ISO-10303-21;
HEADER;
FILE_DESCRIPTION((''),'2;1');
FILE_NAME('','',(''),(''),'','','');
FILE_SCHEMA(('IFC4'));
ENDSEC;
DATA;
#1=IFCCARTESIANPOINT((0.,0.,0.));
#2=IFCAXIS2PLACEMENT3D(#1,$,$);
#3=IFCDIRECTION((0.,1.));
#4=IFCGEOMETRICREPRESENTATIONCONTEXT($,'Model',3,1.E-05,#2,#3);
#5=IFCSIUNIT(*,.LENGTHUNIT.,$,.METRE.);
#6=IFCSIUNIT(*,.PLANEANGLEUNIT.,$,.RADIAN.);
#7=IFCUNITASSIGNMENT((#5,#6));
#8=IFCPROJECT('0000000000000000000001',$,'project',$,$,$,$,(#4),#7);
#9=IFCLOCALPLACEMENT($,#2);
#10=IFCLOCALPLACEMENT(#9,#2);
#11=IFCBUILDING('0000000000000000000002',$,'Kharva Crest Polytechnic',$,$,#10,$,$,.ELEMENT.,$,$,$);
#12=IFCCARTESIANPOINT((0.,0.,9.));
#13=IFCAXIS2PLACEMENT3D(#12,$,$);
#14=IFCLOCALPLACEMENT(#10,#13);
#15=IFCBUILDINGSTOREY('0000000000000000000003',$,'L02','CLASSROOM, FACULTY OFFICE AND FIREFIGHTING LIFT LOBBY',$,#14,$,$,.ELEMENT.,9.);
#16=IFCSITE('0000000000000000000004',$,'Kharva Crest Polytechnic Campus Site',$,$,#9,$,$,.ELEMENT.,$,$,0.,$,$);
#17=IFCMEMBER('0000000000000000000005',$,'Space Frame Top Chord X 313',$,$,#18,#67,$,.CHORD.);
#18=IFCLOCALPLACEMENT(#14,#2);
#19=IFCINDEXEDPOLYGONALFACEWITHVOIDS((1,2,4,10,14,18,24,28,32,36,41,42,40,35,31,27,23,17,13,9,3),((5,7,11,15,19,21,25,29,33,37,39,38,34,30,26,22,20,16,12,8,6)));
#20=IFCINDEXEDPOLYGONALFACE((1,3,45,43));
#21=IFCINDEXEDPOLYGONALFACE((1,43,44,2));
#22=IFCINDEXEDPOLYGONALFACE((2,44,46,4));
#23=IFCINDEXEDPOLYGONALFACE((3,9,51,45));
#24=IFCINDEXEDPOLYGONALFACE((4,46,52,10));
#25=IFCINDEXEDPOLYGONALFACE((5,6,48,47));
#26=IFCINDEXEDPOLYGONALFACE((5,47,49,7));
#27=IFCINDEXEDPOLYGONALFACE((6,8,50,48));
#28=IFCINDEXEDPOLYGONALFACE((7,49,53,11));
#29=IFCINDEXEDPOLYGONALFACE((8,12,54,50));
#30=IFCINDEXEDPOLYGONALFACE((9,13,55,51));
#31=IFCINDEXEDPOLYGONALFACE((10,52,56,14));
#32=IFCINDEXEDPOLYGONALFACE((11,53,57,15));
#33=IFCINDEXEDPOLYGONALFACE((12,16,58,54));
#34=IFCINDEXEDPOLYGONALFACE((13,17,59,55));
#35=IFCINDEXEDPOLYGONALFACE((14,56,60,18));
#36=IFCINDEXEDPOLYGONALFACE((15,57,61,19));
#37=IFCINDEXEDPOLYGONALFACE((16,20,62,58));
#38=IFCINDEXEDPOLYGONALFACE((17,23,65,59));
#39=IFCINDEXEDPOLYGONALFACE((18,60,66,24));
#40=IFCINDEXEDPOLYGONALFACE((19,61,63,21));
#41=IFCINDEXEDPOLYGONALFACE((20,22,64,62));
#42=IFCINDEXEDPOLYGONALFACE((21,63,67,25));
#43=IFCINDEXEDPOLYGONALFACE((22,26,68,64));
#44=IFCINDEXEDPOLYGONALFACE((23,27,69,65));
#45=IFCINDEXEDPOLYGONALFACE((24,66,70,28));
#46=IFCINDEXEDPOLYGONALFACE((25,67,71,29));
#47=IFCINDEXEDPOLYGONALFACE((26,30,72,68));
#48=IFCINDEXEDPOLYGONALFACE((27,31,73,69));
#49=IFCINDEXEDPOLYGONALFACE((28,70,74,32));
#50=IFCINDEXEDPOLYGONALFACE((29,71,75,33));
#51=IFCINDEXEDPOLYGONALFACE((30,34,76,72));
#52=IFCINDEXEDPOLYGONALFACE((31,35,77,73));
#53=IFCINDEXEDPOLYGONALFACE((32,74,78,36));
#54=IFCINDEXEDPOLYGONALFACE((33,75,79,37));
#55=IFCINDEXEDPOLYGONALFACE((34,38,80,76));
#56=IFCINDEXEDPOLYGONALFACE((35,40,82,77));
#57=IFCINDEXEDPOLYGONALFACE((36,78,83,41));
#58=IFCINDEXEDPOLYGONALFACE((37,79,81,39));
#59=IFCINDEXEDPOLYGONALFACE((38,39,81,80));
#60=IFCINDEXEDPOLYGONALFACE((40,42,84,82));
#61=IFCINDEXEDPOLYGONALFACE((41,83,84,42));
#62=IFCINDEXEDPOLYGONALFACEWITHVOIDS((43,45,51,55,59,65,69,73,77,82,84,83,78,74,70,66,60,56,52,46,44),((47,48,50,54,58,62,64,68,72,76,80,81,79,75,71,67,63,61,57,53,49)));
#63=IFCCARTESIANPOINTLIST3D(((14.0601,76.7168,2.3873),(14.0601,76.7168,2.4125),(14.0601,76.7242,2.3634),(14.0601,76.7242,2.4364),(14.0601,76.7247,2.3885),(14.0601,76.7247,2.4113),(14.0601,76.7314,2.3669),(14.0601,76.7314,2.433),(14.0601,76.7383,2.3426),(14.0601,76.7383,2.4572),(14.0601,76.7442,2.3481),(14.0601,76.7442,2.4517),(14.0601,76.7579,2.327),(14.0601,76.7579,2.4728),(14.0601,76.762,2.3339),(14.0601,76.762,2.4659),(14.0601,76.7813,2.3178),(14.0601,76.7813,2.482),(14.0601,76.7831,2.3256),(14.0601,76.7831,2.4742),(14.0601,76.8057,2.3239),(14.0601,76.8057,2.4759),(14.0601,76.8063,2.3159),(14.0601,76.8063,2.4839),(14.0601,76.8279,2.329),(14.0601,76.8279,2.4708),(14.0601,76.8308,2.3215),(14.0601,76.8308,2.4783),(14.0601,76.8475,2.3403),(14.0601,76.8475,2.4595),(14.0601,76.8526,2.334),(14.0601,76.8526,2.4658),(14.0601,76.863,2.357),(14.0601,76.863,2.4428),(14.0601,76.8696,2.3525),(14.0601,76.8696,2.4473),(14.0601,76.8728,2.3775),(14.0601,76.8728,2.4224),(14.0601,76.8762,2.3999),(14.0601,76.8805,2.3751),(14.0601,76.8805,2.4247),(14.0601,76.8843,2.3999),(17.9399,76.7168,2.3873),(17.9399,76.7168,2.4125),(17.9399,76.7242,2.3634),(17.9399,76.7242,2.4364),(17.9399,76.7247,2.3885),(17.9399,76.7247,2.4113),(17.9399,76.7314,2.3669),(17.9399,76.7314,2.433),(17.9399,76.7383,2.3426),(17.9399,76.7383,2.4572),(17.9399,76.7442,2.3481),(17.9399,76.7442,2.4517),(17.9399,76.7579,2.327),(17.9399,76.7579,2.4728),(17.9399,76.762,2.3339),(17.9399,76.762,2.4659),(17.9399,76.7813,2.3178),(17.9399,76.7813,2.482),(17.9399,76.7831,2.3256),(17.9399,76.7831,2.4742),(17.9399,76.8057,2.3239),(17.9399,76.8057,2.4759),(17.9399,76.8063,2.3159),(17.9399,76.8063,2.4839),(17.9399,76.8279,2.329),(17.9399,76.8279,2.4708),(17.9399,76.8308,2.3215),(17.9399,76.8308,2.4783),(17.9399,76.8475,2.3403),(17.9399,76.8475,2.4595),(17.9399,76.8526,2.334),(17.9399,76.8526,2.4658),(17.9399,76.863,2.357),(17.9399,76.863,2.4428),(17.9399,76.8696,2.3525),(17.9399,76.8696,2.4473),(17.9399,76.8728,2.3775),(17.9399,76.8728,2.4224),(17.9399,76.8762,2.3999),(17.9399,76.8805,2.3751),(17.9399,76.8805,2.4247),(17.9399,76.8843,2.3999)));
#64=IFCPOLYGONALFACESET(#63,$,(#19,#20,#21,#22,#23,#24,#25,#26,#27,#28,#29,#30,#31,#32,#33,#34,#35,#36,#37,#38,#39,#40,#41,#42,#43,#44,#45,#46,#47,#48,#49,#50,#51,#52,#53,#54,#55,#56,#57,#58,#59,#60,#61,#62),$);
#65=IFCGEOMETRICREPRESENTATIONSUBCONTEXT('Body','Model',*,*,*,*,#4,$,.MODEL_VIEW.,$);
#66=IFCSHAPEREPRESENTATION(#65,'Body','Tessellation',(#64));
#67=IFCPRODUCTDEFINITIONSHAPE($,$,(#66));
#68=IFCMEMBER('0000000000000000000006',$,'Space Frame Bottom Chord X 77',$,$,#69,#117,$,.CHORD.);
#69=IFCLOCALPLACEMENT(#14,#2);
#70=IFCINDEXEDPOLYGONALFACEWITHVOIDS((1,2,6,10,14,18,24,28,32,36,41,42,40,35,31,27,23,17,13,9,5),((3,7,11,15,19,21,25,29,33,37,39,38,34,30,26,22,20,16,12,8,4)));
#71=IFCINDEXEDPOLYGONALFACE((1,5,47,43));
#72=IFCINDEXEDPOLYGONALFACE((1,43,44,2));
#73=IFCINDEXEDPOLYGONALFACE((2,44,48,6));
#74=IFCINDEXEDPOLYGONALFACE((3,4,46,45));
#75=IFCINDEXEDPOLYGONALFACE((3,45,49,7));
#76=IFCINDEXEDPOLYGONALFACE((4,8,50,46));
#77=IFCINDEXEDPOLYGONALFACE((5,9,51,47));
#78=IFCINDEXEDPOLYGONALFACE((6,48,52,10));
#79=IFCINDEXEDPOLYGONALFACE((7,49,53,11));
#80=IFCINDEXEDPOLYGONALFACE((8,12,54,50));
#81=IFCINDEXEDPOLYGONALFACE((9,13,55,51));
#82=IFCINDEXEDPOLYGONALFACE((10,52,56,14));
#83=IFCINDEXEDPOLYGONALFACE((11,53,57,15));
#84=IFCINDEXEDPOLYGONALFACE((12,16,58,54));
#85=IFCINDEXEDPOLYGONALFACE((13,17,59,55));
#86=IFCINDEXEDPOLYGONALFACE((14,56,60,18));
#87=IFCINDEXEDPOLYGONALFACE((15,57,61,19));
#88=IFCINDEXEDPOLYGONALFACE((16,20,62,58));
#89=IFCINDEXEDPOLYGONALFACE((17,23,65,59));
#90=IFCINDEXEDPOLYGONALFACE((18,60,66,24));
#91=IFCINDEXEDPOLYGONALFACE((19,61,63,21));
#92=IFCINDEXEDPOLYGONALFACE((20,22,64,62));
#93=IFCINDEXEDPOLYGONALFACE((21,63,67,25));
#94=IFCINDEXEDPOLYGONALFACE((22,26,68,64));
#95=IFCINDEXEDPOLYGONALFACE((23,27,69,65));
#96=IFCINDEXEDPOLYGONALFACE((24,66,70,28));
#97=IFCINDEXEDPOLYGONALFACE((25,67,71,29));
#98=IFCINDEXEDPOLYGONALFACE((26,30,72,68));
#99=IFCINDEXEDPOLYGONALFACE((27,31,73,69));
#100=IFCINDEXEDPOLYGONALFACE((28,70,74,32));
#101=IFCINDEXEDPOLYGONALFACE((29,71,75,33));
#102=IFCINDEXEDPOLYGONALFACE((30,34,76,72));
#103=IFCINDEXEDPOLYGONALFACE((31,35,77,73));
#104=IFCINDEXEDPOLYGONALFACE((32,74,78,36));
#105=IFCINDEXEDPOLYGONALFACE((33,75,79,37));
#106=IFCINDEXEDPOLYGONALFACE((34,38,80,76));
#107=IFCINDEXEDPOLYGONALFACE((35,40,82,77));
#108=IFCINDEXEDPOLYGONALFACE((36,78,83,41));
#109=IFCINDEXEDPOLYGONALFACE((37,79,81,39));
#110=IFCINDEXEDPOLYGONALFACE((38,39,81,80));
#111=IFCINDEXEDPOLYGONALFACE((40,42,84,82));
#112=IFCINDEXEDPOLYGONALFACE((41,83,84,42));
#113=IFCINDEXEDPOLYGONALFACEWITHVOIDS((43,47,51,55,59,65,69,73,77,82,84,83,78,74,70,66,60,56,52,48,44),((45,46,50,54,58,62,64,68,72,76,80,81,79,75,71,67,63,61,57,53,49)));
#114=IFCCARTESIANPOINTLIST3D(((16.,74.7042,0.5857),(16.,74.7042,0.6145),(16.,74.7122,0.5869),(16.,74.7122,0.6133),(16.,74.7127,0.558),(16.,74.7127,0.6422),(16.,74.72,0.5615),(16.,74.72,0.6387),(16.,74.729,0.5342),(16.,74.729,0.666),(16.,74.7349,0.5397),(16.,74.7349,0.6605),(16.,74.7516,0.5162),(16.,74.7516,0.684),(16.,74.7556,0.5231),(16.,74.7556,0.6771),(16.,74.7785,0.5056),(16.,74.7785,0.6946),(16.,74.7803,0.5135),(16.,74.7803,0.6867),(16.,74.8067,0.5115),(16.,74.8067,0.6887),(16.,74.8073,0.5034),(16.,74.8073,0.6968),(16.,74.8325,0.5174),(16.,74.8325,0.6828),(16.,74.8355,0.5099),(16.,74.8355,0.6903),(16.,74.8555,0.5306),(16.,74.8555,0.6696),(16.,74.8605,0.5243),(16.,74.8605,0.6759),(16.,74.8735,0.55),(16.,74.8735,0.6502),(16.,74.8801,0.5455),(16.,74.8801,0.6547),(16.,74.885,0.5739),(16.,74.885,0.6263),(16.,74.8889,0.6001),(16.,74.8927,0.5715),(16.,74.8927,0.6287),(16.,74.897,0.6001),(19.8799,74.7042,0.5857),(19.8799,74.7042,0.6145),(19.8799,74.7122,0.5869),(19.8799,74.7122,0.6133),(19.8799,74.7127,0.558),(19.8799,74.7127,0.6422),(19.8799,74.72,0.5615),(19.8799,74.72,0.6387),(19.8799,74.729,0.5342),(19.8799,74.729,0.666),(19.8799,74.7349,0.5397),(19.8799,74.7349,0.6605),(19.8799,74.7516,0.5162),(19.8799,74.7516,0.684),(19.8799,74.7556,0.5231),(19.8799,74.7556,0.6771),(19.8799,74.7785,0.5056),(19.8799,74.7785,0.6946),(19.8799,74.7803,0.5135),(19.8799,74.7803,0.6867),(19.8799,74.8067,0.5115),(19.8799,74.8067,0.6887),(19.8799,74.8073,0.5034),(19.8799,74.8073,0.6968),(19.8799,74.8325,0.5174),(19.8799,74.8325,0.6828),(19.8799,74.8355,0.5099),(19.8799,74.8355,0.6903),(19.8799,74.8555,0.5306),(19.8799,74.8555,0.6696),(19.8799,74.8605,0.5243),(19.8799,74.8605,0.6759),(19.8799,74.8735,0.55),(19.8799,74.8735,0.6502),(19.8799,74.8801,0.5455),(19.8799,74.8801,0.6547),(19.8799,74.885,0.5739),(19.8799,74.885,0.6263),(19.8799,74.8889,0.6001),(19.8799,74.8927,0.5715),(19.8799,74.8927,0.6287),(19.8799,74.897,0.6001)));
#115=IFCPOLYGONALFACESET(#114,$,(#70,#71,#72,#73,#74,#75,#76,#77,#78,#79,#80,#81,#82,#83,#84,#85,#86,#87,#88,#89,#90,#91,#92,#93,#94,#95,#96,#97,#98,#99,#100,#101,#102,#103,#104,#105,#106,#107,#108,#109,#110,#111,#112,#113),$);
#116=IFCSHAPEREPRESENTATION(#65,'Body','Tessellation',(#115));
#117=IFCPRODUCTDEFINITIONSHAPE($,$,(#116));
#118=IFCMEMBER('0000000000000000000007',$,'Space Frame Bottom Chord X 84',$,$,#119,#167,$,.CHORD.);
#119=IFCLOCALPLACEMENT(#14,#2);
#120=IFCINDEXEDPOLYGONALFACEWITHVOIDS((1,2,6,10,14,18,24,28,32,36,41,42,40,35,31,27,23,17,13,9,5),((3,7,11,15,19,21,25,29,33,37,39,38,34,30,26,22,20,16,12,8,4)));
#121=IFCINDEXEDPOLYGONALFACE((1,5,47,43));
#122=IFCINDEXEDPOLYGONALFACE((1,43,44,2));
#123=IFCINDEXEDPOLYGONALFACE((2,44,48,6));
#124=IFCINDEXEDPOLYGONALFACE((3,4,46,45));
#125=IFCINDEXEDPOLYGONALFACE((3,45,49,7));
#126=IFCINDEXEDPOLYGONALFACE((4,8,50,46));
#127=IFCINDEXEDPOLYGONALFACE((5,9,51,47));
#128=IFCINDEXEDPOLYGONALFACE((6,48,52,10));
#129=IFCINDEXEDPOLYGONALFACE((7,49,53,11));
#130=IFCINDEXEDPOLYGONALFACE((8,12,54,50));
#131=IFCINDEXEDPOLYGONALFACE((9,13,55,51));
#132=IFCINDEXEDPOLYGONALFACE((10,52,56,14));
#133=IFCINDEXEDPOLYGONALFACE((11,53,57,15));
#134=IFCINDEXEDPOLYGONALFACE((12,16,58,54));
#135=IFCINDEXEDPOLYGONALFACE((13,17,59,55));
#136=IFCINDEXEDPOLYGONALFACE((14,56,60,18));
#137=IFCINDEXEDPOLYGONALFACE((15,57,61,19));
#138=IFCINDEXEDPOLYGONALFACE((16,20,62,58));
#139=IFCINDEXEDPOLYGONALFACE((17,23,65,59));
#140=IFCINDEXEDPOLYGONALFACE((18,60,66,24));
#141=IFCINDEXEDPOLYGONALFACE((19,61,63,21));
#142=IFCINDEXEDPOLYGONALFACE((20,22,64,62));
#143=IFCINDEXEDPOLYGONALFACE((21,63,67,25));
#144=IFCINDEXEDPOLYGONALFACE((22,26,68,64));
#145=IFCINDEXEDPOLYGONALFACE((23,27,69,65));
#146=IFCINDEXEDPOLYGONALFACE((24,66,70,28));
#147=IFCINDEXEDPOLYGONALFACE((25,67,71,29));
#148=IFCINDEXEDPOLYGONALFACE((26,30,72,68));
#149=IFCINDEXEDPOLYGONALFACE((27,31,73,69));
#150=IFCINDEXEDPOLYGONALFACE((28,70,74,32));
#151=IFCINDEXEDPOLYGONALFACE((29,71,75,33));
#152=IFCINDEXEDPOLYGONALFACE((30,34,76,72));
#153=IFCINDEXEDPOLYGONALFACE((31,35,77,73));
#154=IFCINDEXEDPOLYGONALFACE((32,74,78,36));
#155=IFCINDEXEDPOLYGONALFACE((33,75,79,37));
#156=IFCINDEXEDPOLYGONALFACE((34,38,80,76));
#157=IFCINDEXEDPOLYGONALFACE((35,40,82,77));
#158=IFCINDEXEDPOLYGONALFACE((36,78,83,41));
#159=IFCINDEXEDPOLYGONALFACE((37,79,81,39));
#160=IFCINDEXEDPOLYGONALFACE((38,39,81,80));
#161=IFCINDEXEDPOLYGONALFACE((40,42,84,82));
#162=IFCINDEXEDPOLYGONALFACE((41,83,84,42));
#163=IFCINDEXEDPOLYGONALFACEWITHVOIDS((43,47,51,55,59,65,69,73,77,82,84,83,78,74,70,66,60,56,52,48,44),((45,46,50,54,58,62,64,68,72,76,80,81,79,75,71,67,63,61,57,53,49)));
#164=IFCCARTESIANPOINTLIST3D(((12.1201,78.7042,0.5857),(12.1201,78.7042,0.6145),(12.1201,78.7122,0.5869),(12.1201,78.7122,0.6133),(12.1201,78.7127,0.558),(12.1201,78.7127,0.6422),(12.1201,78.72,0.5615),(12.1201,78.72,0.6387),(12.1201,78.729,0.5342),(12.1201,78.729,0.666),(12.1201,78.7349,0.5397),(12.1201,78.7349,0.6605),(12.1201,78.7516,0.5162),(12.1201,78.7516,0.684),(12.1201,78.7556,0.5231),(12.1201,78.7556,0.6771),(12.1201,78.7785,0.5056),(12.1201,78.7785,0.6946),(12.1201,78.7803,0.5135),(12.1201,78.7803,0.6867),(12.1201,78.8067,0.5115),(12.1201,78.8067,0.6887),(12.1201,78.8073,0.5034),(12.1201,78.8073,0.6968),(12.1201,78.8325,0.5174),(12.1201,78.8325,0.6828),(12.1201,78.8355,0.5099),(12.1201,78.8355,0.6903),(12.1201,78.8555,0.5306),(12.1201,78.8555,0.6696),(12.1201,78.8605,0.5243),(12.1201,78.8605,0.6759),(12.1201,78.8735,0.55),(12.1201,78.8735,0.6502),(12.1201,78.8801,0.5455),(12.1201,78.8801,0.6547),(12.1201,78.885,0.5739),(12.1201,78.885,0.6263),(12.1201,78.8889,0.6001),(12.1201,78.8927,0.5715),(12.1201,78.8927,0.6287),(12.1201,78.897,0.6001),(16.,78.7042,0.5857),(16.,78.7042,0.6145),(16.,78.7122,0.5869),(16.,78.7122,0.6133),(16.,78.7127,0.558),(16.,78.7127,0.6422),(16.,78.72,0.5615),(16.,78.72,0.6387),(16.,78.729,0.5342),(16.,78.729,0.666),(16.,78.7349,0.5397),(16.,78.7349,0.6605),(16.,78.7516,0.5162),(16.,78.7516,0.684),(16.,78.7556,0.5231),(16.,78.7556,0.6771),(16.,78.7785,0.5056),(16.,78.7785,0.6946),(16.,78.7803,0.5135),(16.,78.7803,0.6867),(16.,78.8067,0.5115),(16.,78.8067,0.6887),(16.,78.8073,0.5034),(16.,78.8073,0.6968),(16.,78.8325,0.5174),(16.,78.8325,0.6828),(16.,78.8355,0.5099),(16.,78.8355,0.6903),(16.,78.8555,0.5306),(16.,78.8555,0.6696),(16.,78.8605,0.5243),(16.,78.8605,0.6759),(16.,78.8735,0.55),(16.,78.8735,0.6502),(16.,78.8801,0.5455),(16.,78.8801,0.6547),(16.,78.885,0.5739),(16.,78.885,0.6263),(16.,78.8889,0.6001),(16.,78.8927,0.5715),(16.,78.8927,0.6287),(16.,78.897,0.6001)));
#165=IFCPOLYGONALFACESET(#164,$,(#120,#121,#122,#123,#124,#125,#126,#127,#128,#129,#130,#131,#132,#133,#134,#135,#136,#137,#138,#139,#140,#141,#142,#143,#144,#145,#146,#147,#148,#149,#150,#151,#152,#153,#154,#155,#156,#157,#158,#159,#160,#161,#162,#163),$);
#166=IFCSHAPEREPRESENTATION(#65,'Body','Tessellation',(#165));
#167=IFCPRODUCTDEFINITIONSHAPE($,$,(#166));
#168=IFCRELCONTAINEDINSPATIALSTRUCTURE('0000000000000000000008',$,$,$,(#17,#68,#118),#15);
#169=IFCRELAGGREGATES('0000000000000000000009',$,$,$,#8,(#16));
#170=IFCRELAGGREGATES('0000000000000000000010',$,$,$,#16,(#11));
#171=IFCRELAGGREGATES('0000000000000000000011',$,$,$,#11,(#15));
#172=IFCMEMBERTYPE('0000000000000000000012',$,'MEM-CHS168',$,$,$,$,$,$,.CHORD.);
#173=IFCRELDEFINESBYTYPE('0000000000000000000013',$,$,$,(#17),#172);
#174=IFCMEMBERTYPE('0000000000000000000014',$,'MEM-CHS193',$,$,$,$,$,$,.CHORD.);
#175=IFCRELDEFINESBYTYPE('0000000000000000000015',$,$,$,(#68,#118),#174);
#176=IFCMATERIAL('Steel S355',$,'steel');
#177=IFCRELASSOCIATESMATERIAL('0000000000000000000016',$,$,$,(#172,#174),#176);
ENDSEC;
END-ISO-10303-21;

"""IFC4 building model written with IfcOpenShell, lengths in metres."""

from ifc_helpers import new_model, si_unit, direction, frame, origin, origin_2d, place, context, subcontext, project, spatial, hollow_circle, extrude, material, material_profile, profile_set, type_object, element, save


model = new_model("IFC4")

# Units and contexts
model_context = context("Model", 3, precision=1e-05, world=origin(), true_north=direction((0.0, 1.0)))
body_context = subcontext(model_context, "Body", "Model", "MODEL_VIEW")
ifc_project = project(units=[si_unit("LENGTHUNIT", "METRE"), si_unit("PLANEANGLEUNIT", "RADIAN")], contexts=[model_context])

# Site, building, storey
site_placement = place(None, origin())
site = spatial("IfcSite", under=ifc_project, at=site_placement, Name="Kharva Crest Polytechnic Campus Site", CompositionType="ELEMENT", RefElevation=0.0)
building_placement = place(site_placement, origin())
building = spatial("IfcBuilding", under=site, at=building_placement, Name="Kharva Crest Polytechnic", CompositionType="ELEMENT")
storey_placement = place(building_placement, frame((0.0, 0.0, 9.0)))
storey = spatial("IfcBuildingStorey", under=building, at=storey_placement, Name="L02", Description="CLASSROOM, FACULTY OFFICE AND FIREFIGHTING LIFT LOBBY", CompositionType="ELEMENT", Elevation=9.0)

# Shared definitions
ifc_material_1 = material(Name="Steel S355", Category="steel")

# Members
ifc_material_profile_1 = material_profile(ifc_material_1, hollow_circle(Radius=0.0842, WallThickness=0.0081, at=origin_2d()), Name="CHS 168.3X8.0")
ifc_profile_set_1 = profile_set([ifc_material_profile_1], Name="Steel S355")
member_type_1 = type_object("IfcMemberType", Name="MEM-CHS168", PredefinedType="CHORD", material=ifc_profile_set_1)
for number, where, z_axis, x_axis, name in (
    (1, (14.0601, 76.8, 2.3999), (1.0, 0.0, 0.0), (0.0, 1.0, 0.0), "Space Frame Top Chord X 313"),
):
    element("IfcMember", number, at=place(storey_placement, frame(where, z_axis=z_axis, x_axis=x_axis)), inside=storey, type_object=member_type_1, Name=name, PredefinedType="CHORD", context=body_context, shape_type="SweptSolid", body=[
        extrude(hollow_circle(Radius=0.0842, WallThickness=0.0081, at=origin_2d()), origin(), (0.0, 0.0, 1.0), 3.8799),
    ])
ifc_material_profile_2 = material_profile(ifc_material_1, hollow_circle(Radius=0.0969, WallThickness=0.0081, at=origin_2d()), Name="CHS 193.7X8.0")
ifc_profile_set_2 = profile_set([ifc_material_profile_2], Name="Steel S355")
member_type_2 = type_object("IfcMemberType", Name="MEM-CHS193", PredefinedType="CHORD", material=ifc_profile_set_2)
for number, where, z_axis, x_axis, name in (
    (2, (16.0, 74.8, 0.6001), (1.0, 0.0, 0.0), (0.0, 1.0, 0.0), "Space Frame Bottom Chord X 77"),
    (3, (12.1201, 78.8, 0.6001), (1.0, 0.0, 0.0), (0.0, 1.0, 0.0), "Space Frame Bottom Chord X 84"),
):
    element("IfcMember", number, at=place(storey_placement, frame(where, z_axis=z_axis, x_axis=x_axis)), inside=storey, type_object=member_type_2, Name=name, PredefinedType="CHORD", context=body_context, shape_type="SweptSolid", body=[
        extrude(hollow_circle(Radius=0.0969, WallThickness=0.0081, at=origin_2d()), origin(), (0.0, 0.0, 1.0), 3.8799),
    ])

save(model, "model.ifc")
